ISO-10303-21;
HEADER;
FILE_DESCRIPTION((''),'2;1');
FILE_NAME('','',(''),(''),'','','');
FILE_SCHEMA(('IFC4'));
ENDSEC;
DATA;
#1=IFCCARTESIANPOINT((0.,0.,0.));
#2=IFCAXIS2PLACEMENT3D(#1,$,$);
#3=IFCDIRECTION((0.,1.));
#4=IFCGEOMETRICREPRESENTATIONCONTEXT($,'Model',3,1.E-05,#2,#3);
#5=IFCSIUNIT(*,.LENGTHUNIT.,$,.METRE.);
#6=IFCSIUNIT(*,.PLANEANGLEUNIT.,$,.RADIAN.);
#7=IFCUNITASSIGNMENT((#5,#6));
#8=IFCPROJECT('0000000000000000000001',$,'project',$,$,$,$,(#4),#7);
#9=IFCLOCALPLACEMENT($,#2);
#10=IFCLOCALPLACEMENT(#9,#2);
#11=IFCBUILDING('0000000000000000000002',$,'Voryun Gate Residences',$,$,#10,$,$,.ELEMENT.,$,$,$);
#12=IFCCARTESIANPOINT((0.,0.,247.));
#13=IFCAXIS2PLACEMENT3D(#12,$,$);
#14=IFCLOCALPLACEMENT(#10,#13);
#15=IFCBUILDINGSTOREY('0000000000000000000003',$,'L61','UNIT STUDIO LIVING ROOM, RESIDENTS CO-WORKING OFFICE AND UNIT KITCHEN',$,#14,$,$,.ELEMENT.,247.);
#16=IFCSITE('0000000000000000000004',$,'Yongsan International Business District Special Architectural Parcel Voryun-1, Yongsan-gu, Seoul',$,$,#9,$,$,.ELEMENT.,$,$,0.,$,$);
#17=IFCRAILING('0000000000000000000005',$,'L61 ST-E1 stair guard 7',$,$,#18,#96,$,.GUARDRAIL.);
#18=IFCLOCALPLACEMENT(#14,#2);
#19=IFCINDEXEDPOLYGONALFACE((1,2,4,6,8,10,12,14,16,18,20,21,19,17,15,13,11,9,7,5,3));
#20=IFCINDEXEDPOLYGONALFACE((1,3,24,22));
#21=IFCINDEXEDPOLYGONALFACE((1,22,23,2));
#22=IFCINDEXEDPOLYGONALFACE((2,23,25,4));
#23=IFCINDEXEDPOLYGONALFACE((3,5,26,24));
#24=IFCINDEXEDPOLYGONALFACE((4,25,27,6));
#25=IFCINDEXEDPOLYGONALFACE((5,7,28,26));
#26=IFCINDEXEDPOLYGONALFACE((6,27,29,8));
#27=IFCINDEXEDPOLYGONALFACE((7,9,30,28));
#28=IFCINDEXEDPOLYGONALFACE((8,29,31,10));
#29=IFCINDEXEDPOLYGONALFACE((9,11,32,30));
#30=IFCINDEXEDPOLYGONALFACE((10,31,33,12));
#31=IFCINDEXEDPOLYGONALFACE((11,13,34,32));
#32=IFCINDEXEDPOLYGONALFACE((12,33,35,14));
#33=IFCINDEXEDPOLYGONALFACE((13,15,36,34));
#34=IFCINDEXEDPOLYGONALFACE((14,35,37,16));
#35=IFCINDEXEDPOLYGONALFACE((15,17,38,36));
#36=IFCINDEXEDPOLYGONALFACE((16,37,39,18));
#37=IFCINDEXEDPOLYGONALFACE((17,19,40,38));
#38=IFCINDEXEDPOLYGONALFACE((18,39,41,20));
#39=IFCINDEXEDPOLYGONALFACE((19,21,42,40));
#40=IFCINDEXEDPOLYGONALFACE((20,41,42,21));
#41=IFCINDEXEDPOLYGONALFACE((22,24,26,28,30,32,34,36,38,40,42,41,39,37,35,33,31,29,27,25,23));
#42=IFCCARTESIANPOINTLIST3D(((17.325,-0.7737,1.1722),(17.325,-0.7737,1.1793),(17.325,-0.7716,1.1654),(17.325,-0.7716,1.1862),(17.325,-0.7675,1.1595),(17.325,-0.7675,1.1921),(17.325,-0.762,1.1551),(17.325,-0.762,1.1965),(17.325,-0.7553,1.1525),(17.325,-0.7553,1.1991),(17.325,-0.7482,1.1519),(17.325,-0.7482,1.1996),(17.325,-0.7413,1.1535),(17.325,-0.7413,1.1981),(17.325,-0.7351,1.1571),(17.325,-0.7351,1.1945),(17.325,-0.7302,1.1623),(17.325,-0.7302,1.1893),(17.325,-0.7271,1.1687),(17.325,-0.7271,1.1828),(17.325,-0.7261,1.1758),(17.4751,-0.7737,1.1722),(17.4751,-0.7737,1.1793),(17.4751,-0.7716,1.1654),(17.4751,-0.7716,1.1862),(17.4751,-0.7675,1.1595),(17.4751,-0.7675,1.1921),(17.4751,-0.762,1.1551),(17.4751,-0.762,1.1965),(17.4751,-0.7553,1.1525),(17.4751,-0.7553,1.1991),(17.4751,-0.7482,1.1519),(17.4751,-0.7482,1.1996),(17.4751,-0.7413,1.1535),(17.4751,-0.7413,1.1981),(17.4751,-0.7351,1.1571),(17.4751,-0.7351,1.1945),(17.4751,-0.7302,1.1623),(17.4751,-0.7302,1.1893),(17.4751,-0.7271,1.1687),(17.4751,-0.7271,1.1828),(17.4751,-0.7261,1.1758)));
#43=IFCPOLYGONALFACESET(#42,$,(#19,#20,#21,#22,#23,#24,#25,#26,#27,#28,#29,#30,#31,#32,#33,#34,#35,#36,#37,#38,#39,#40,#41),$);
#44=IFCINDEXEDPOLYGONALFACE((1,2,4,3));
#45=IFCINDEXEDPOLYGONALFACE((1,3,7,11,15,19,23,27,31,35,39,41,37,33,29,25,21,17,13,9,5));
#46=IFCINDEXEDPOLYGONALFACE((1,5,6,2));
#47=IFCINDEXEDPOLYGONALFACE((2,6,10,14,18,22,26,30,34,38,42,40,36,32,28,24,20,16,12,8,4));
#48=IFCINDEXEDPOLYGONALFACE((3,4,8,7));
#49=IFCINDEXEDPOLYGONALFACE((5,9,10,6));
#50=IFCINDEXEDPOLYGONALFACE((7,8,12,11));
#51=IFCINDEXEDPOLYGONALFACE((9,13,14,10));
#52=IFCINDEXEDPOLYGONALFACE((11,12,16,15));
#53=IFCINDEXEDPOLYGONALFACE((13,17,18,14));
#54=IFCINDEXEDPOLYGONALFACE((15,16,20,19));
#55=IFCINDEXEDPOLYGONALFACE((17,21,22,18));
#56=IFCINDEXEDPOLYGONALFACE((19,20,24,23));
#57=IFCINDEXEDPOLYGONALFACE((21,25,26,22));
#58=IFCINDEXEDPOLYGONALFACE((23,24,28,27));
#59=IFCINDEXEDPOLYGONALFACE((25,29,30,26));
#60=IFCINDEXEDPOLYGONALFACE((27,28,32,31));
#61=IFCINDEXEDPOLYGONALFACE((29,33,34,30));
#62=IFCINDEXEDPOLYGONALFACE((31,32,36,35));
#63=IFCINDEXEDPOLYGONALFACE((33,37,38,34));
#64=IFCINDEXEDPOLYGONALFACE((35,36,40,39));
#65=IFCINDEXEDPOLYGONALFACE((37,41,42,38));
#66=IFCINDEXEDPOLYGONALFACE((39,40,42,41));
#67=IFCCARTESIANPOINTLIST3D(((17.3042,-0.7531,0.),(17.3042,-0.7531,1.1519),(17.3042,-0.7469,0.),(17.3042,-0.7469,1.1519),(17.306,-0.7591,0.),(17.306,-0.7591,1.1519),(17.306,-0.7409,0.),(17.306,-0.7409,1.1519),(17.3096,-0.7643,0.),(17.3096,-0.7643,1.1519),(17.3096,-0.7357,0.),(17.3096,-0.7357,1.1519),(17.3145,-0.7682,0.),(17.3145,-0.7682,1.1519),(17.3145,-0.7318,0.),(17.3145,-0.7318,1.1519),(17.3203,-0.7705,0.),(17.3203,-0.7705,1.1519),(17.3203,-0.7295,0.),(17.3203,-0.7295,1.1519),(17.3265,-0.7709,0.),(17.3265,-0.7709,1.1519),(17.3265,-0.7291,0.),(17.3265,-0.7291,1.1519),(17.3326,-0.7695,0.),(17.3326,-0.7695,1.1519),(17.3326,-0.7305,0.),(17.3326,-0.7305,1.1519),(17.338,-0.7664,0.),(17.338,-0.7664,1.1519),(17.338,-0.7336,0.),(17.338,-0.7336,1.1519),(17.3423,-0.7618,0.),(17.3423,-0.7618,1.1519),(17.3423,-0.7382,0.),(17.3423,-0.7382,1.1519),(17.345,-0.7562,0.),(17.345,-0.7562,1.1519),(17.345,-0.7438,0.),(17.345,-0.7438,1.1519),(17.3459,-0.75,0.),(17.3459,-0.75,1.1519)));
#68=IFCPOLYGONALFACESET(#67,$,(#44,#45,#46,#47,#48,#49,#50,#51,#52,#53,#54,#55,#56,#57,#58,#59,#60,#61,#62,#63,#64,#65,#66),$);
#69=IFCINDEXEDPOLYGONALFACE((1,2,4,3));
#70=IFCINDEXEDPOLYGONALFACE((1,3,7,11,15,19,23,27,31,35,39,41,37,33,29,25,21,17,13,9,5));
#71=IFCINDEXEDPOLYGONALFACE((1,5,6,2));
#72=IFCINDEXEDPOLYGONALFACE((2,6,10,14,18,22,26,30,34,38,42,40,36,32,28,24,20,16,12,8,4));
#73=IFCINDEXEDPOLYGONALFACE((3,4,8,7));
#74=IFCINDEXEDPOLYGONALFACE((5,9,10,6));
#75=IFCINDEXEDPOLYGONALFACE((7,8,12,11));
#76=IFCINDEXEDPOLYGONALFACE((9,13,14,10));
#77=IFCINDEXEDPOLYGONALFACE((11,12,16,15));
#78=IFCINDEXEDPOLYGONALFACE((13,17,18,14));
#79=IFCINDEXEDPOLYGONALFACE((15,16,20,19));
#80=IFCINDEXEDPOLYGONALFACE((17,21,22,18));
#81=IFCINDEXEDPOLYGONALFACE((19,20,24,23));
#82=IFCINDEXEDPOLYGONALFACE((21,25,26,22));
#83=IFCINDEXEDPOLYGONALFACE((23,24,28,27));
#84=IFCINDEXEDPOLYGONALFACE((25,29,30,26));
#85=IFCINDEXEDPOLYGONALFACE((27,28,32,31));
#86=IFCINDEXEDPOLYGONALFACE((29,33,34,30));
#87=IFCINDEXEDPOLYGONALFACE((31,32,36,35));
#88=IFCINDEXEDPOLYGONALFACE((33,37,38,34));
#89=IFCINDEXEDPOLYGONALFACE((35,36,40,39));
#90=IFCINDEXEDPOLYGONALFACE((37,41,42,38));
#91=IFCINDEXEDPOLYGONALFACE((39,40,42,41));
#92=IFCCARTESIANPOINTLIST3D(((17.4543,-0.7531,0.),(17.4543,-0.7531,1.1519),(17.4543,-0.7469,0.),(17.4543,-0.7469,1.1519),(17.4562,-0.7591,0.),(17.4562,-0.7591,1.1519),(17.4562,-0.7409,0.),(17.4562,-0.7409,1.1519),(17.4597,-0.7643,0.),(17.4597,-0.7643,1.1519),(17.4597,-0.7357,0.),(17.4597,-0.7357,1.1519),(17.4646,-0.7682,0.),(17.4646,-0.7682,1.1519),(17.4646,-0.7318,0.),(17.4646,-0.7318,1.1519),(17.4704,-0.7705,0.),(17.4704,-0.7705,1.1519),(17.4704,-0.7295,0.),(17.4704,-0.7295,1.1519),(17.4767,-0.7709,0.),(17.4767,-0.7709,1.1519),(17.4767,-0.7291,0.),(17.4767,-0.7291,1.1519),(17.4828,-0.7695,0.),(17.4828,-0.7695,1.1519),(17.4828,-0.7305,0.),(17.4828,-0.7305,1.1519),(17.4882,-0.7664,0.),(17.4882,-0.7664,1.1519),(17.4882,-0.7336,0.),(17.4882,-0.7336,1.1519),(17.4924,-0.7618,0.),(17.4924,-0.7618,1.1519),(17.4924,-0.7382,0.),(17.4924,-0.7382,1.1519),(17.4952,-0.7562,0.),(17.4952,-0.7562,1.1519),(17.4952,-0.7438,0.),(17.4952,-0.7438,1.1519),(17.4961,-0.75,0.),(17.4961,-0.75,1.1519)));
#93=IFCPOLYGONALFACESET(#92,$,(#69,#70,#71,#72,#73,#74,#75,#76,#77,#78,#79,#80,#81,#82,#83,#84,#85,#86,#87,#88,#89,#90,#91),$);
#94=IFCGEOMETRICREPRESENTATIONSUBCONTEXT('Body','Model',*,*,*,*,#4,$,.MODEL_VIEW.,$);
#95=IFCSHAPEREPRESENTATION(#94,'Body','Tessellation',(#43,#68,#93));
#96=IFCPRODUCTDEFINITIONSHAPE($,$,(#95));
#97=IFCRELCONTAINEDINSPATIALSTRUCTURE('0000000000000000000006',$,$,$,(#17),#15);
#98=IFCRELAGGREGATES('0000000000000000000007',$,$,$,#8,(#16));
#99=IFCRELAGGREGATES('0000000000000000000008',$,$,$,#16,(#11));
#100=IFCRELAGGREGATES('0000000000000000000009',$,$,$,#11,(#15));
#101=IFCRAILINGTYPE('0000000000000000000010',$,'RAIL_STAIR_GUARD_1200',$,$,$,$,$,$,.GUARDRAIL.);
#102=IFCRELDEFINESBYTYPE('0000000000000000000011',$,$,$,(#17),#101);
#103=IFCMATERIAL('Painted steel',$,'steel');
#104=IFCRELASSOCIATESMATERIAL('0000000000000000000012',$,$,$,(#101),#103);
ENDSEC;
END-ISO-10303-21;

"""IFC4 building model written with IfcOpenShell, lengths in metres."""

from ifc_helpers import new_model, si_unit, direction, frame, origin, origin_2d, place, context, subcontext, project, spatial, circle, extrude, material, type_object, element, save


model = new_model("IFC4")

# Units and contexts
model_context = context("Model", 3, precision=1e-05, world=origin(), true_north=direction((0.0, 1.0)))
body_context = subcontext(model_context, "Body", "Model", "MODEL_VIEW")
ifc_project = project(units=[si_unit("LENGTHUNIT", "METRE"), si_unit("PLANEANGLEUNIT", "RADIAN")], contexts=[model_context])

# Site, building, storey
site_placement = place(None, origin())
site = spatial("IfcSite", under=ifc_project, at=site_placement, Name="Yongsan International Business District Special Architectural Parcel Voryun-1, Yongsan-gu, Seoul", CompositionType="ELEMENT", RefElevation=0.0)
building_placement = place(site_placement, origin())
building = spatial("IfcBuilding", under=site, at=building_placement, Name="Voryun Gate Residences", CompositionType="ELEMENT")
storey_placement = place(building_placement, frame((0.0, 0.0, 247.0)))
storey = spatial("IfcBuildingStorey", under=building, at=storey_placement, Name="L61", Description="UNIT STUDIO LIVING ROOM, RESIDENTS CO-WORKING OFFICE AND UNIT KITCHEN", CompositionType="ELEMENT", Elevation=247.0)

# Railing
ifc_material_1 = material(Name="Painted steel", Category="steel")
railing_type_1 = type_object("IfcRailingType", Name="RAIL_STAIR_GUARD_1200", PredefinedType="GUARDRAIL", material=ifc_material_1)
railing_1_placement = place(storey_placement, frame((17.325, -0.75, 0.0)))
element("IfcRailing", 1, at=railing_1_placement, inside=storey, type_object=railing_type_1, Name="L61 ST-E1 stair guard 7", PredefinedType="GUARDRAIL", context=body_context, shape_type="SweptSolid", body=[
    extrude(circle(Radius=0.0239, at=origin_2d()), frame((0.0, 0.0, 1.1758), z_axis=(1.0, 0.0, 0.0), x_axis=(0.0, 1.0, 0.0)), (0.0, 0.0, 1.0), 0.1501),
    extrude(circle(Radius=0.021, at=origin_2d()), origin(), (0.0, 0.0, 1.0), 1.1519),
    extrude(circle(Radius=0.021, at=origin_2d()), frame((0.1501, 0.0, 0.0)), (0.0, 0.0, 1.0), 1.1519),
])

save(model, "model.ifc")
